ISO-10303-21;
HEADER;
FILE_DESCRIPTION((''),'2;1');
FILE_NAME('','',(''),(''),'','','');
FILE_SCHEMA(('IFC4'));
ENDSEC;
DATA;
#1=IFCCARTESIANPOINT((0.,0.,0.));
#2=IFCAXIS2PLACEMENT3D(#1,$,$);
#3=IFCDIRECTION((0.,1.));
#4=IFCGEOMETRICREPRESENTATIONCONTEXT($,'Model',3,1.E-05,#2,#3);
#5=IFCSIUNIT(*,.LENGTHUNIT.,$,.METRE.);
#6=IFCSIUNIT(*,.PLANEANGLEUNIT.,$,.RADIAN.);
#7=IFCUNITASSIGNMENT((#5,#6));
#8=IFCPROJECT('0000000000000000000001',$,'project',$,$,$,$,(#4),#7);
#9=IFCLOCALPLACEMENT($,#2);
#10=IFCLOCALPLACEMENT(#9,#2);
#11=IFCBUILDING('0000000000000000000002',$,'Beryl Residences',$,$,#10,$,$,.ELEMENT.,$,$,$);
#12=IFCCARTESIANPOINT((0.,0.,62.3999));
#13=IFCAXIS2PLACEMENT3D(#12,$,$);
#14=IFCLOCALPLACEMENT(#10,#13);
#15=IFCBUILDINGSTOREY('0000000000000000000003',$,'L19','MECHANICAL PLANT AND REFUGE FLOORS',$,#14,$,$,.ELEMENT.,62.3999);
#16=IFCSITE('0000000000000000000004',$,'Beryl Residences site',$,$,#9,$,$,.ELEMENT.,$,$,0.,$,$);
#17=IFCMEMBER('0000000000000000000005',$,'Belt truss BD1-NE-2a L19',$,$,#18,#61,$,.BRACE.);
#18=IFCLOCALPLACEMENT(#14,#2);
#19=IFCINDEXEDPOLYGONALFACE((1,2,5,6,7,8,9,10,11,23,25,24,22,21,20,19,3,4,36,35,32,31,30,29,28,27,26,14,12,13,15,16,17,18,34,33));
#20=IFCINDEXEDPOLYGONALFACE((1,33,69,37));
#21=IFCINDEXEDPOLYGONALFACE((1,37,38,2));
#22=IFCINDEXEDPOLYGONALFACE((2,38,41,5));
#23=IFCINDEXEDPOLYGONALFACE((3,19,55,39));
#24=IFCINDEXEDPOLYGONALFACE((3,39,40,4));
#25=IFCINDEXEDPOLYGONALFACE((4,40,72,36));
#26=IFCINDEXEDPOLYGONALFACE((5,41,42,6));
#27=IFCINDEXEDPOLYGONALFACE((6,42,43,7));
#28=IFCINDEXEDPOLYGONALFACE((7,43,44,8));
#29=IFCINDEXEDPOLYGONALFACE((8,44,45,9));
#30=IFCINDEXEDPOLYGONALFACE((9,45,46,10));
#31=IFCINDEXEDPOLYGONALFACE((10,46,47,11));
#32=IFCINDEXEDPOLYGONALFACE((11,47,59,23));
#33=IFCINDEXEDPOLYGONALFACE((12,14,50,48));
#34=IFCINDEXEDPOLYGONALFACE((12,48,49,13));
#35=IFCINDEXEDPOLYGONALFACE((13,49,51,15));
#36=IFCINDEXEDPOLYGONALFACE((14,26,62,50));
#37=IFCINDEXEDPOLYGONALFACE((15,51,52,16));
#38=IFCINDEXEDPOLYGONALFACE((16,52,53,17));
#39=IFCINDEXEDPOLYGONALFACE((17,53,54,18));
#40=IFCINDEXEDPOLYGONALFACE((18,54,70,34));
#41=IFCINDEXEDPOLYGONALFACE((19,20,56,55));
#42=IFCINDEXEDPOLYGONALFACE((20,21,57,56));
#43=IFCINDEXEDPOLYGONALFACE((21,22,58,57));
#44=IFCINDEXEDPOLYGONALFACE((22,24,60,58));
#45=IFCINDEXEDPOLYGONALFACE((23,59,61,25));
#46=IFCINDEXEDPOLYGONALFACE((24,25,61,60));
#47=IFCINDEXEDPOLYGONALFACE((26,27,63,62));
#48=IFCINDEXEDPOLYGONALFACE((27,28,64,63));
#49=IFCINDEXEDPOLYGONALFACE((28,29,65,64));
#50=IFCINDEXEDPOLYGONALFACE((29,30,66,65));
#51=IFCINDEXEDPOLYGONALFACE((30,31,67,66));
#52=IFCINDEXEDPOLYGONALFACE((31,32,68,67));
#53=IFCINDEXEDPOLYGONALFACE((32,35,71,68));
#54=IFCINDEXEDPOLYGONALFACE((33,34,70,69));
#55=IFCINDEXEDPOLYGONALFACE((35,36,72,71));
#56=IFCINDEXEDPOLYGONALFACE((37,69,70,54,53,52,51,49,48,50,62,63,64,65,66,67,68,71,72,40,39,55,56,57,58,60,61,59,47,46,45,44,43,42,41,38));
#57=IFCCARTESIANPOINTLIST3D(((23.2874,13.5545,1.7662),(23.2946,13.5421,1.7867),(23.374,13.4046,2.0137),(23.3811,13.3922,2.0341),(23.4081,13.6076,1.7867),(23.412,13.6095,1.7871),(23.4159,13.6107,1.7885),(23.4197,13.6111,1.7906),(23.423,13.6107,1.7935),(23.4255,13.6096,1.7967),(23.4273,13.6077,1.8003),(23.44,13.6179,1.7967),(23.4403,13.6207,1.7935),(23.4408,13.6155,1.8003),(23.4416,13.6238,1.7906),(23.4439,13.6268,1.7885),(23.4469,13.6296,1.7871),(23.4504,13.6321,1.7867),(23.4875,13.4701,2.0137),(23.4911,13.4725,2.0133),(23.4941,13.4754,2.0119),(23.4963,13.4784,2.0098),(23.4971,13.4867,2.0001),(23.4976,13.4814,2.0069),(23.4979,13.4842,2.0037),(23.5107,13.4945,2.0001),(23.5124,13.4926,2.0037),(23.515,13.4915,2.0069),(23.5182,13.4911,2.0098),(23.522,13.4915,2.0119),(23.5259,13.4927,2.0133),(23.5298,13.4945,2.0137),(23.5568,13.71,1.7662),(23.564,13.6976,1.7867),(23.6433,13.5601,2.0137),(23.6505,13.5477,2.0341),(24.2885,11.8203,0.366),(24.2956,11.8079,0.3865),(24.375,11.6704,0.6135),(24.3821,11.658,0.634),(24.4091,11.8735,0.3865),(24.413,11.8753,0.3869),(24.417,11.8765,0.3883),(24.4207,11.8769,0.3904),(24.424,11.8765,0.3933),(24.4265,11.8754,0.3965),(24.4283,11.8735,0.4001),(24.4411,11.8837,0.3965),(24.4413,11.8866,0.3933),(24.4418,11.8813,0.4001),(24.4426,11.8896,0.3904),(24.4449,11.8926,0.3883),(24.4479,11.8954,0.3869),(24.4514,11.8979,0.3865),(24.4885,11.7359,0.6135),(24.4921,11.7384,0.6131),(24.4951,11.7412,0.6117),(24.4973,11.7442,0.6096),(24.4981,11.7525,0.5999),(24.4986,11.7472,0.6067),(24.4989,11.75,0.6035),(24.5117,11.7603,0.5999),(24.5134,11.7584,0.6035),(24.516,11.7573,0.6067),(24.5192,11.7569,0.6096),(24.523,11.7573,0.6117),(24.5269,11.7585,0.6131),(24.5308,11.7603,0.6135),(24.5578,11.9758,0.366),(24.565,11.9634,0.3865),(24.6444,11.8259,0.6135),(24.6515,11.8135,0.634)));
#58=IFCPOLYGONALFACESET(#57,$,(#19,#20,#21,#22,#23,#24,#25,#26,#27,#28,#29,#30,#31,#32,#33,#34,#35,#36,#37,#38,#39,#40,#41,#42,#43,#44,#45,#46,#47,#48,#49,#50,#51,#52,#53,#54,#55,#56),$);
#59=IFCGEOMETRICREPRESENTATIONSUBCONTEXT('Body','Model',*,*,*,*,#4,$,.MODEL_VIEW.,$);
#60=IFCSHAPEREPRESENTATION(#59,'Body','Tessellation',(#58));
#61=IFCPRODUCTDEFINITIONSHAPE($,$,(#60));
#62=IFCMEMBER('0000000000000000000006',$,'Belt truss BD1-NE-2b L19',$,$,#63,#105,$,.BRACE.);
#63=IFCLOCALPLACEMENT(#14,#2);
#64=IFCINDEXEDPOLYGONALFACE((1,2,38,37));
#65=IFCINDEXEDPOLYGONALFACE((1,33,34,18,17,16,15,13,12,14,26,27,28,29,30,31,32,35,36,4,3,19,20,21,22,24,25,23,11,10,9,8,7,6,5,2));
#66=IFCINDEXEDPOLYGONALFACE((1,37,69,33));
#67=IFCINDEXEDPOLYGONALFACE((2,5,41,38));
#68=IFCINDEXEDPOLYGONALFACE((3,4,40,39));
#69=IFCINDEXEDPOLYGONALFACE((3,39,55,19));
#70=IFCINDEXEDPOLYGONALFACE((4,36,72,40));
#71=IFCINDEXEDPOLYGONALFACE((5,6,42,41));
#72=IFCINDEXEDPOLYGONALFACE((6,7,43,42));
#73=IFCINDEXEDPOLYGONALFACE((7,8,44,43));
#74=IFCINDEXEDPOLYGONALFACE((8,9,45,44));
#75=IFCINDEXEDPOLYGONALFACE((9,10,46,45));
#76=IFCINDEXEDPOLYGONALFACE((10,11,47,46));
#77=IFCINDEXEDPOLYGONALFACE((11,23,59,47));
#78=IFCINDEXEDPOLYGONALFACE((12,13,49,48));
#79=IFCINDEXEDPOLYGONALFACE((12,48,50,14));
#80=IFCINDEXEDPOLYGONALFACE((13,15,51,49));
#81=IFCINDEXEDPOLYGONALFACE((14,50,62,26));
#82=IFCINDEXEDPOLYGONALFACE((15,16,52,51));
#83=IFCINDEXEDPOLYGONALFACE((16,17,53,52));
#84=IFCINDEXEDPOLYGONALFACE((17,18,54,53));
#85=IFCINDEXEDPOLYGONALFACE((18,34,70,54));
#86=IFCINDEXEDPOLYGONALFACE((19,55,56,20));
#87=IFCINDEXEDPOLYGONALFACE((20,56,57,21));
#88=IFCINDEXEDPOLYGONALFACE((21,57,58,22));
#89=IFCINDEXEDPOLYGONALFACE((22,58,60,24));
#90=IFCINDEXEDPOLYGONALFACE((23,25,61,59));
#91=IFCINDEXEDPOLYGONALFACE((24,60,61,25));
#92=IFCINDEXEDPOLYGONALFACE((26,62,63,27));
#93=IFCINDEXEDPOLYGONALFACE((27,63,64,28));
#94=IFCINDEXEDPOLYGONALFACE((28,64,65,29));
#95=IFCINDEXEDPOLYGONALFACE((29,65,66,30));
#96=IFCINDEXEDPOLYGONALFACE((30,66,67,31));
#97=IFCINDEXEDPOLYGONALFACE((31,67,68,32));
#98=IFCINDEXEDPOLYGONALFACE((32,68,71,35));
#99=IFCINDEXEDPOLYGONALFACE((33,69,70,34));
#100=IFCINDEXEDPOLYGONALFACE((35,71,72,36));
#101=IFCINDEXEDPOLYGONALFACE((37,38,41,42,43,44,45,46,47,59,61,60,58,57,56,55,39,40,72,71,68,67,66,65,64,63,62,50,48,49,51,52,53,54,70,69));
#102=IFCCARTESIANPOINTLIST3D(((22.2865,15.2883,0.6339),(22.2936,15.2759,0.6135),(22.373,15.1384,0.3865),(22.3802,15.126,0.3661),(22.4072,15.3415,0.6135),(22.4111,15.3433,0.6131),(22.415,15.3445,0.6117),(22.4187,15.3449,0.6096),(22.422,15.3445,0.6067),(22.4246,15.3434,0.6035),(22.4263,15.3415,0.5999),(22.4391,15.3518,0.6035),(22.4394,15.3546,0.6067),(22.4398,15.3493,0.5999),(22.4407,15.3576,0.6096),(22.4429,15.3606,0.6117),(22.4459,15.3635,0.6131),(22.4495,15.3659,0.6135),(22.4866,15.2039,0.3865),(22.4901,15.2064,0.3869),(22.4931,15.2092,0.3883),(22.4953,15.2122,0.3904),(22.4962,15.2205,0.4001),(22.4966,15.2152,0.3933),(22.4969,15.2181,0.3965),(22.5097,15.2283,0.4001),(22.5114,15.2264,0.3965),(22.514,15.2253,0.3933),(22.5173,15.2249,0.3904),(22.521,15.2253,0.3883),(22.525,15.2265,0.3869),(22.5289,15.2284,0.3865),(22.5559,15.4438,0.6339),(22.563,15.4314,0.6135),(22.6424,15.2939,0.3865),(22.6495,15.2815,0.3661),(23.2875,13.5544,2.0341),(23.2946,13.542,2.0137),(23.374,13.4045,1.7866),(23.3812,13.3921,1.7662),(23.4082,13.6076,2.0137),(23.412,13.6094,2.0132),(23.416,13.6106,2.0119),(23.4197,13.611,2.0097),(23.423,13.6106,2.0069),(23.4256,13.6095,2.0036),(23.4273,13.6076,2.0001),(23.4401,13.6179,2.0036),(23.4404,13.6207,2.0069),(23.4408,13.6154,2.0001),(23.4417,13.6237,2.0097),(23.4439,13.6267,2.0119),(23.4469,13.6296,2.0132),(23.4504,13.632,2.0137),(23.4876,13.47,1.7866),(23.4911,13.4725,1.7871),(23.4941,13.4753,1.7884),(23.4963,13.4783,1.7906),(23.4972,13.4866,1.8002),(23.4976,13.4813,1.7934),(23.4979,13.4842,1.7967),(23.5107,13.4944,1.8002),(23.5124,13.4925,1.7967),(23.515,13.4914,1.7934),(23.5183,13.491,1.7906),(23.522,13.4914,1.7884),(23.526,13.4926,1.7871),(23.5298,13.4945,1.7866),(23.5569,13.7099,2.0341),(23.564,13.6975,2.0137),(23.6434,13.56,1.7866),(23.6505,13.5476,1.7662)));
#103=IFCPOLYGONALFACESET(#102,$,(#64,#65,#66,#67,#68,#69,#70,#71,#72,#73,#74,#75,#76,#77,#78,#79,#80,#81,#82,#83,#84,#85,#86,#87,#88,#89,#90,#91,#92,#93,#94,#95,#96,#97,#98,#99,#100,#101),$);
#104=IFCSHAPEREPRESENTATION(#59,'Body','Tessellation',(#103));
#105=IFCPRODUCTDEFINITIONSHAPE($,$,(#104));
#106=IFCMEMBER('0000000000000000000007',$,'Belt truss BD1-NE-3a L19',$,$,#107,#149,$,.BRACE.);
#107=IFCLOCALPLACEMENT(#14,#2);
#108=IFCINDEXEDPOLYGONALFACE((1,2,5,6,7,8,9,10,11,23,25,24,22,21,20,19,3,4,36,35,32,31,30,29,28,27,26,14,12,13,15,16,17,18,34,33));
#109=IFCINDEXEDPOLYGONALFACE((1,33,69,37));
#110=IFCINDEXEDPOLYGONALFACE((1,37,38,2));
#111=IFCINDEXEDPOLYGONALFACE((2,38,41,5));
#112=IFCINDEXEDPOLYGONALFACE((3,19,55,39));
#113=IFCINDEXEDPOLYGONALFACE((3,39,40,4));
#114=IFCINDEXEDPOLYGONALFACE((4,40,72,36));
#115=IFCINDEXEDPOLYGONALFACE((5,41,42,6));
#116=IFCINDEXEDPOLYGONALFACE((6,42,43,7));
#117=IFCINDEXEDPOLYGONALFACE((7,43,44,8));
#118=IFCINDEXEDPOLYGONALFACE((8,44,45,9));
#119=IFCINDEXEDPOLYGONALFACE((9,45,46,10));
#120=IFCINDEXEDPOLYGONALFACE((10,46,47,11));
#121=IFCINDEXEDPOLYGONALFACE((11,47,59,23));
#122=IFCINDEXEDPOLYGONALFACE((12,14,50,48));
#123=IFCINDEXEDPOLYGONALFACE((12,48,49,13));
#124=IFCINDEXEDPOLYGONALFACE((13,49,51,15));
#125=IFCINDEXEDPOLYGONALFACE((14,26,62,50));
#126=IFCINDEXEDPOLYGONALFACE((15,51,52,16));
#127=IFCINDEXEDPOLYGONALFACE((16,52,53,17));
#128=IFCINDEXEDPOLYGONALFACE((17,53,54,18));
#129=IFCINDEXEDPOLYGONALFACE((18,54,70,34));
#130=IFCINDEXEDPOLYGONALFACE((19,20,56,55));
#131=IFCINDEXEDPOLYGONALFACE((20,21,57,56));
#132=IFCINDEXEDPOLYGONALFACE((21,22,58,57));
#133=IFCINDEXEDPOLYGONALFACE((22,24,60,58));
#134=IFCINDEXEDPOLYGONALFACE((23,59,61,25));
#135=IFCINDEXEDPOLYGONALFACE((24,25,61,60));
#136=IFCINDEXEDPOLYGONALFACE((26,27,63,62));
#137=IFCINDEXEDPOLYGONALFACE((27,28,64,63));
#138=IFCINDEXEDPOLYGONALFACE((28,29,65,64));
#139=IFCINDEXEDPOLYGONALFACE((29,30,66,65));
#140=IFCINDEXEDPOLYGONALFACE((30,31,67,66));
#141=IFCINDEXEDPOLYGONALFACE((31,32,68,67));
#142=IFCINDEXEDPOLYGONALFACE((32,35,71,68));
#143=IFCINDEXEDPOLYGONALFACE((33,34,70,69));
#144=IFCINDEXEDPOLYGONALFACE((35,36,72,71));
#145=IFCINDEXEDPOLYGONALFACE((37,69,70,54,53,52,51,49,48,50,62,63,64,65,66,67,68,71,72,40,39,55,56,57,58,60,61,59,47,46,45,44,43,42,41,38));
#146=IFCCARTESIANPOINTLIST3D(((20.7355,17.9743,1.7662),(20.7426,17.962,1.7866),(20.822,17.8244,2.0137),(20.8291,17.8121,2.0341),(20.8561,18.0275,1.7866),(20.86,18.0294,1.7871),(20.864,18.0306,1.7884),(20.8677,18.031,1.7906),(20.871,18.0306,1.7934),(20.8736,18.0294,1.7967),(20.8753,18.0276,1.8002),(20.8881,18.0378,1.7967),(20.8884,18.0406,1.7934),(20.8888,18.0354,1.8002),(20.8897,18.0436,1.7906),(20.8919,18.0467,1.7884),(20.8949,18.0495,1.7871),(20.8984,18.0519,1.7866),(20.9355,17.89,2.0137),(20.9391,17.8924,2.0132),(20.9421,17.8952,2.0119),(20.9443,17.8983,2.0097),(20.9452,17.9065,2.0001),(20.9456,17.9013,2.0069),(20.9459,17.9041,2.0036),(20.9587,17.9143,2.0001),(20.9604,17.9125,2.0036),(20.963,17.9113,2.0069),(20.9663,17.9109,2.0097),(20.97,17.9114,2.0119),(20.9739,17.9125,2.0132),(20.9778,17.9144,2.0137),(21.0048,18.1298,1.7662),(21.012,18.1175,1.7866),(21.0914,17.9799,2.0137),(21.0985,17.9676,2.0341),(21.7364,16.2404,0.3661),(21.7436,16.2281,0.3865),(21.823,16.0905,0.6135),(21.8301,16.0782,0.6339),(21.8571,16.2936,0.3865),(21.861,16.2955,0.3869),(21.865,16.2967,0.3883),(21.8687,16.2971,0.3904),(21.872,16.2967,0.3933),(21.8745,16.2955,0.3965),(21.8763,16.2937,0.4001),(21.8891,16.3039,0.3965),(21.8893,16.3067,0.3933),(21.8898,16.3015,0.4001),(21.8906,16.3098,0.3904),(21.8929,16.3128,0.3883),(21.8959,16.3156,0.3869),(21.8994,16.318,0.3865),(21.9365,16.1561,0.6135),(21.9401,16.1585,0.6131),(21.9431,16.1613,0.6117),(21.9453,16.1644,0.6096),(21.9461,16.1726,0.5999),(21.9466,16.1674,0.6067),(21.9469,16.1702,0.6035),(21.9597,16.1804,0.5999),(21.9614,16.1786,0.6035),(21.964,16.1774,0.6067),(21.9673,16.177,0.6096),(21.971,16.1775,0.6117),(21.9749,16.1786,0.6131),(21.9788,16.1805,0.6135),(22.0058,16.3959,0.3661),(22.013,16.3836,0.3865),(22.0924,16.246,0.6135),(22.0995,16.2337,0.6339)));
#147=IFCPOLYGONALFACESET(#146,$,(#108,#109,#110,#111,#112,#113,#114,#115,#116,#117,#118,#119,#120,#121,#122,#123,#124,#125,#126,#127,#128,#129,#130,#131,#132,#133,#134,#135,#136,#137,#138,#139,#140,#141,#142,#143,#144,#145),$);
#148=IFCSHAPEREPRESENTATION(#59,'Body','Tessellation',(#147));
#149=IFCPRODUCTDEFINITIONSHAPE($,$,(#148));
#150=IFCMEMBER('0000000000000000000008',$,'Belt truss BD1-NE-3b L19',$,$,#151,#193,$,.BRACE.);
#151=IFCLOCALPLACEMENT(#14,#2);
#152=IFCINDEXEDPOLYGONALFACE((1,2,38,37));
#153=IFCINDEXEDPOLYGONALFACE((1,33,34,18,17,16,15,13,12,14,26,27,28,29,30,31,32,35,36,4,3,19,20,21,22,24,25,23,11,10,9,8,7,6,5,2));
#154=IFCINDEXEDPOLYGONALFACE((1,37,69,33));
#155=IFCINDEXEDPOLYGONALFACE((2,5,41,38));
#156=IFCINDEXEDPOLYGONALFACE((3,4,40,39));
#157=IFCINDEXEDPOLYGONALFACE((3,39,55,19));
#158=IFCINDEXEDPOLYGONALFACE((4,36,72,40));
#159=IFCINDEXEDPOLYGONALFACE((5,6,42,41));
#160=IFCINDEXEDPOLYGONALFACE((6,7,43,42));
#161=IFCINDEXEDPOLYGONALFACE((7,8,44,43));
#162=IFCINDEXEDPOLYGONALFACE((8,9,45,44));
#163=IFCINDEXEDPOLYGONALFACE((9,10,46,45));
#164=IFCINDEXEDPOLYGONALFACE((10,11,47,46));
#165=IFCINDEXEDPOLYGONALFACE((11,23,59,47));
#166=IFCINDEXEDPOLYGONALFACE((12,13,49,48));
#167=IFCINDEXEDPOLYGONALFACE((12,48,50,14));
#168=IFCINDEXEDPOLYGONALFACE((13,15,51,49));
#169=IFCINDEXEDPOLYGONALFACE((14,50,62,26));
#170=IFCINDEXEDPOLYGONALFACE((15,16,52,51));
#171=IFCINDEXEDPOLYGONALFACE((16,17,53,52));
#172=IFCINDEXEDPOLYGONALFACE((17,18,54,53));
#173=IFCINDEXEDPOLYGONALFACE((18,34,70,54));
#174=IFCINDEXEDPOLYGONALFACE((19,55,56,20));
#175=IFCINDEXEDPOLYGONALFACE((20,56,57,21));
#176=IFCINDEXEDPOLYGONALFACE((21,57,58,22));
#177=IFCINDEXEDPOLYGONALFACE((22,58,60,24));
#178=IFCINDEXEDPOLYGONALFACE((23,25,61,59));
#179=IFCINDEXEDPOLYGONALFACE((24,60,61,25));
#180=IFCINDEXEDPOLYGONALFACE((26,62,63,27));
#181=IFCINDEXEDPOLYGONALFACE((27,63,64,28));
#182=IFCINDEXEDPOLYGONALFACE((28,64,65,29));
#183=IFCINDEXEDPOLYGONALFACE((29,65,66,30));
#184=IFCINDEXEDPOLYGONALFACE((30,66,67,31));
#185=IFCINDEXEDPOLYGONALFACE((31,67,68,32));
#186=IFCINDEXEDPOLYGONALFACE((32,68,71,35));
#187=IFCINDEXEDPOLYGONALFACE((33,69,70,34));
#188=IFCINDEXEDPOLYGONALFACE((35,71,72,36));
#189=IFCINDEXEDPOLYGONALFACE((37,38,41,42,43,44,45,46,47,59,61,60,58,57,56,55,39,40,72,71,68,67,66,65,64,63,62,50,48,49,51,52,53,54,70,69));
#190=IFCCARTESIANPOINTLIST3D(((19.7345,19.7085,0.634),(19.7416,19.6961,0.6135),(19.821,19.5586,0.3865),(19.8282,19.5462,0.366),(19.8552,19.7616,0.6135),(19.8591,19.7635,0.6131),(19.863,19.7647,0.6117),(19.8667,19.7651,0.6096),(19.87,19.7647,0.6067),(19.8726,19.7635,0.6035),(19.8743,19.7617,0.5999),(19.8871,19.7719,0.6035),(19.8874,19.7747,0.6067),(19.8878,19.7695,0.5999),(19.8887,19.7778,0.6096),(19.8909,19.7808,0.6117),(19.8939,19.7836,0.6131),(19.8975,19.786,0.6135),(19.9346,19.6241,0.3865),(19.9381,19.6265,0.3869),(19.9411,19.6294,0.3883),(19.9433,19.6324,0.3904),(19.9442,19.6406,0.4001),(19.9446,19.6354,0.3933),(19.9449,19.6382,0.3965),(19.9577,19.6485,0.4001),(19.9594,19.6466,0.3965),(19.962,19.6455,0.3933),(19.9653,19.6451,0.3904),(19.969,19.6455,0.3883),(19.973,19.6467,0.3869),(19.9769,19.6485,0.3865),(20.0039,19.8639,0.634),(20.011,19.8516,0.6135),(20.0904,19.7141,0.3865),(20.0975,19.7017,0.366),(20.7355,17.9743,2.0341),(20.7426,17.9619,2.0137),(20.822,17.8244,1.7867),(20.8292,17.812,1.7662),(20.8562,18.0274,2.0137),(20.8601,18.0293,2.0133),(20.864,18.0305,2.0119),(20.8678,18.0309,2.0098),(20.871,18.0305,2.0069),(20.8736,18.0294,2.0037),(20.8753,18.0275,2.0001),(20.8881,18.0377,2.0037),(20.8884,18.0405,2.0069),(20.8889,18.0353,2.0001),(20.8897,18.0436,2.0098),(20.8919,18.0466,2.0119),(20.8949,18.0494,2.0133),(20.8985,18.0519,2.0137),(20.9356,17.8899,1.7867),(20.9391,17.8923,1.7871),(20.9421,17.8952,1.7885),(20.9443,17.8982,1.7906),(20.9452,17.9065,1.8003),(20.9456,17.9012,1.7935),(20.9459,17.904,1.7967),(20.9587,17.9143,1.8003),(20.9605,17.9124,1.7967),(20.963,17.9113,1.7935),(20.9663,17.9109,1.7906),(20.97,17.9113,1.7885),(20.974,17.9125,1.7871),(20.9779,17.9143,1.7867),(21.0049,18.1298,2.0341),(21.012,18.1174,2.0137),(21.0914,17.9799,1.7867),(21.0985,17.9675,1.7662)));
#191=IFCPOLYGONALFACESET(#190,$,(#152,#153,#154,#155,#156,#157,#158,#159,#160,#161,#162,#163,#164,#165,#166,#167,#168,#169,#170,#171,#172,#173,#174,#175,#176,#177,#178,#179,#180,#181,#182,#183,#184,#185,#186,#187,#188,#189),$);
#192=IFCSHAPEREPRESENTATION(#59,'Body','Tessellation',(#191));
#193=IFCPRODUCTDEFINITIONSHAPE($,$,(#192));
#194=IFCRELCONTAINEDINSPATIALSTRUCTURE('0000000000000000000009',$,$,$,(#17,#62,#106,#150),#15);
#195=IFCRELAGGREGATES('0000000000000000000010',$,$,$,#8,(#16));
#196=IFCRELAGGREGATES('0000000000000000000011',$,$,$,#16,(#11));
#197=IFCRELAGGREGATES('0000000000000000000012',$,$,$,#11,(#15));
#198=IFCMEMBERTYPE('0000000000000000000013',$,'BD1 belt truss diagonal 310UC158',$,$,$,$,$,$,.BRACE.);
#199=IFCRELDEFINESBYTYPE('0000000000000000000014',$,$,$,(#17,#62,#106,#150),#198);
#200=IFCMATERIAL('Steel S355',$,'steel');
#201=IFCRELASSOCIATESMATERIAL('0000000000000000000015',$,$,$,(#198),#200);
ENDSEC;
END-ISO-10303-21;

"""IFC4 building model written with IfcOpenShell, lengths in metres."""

from ifc_helpers import new_model, si_unit, direction, frame, origin, origin_2d, place, context, subcontext, project, spatial, i_section, extrude, material, material_profile, profile_set, type_object, element, save


model = new_model("IFC4")

# Units and contexts
model_context = context("Model", 3, precision=1e-05, world=origin(), true_north=direction((0.0, 1.0)))
body_context = subcontext(model_context, "Body", "Model", "MODEL_VIEW")
ifc_project = project(units=[si_unit("LENGTHUNIT", "METRE"), si_unit("PLANEANGLEUNIT", "RADIAN")], contexts=[model_context])

# Site, building, storey
site_placement = place(None, origin())
site = spatial("IfcSite", under=ifc_project, at=site_placement, Name="Beryl Residences site", CompositionType="ELEMENT", RefElevation=0.0)
building_placement = place(site_placement, origin())
building = spatial("IfcBuilding", under=site, at=building_placement, Name="Beryl Residences", CompositionType="ELEMENT")
storey_placement = place(building_placement, frame((0.0, 0.0, 62.3999)))
storey = spatial("IfcBuildingStorey", under=building, at=storey_placement, Name="L19", Description="MECHANICAL PLANT AND REFUGE FLOORS", CompositionType="ELEMENT", Elevation=62.3999)

# Members
ifc_material_1 = material(Name="Steel S355", Category="steel")
ifc_material_profile_1 = material_profile(ifc_material_1, i_section(OverallWidth=0.311, OverallDepth=0.3269, WebThickness=0.0156, FlangeThickness=0.0249, FilletRadius=0.0166, at=origin_2d()))
ifc_profile_set_1 = profile_set([ifc_material_profile_1], Name="Steel S355")
member_type_1 = type_object("IfcMemberType", Name="BD1 belt truss diagonal 310UC158", PredefinedType="BRACE", material=ifc_profile_set_1)
member_1_placement = place(storey_placement, frame((24.47, 11.8169, 0.5), z_axis=(-0.409687, 0.709758, 0.573062), x_axis=(-0.866074, -0.499916, 0.0)))
element("IfcMember", 1, at=member_1_placement, inside=storey, type_object=member_type_1, Name="Belt truss BD1-NE-2a L19", PredefinedType="BRACE", context=body_context, shape_type="SweptSolid", body=[
    extrude(i_section(OverallWidth=0.311, OverallDepth=0.3269, WebThickness=0.0156, FlangeThickness=0.0249, FilletRadius=0.0166, at=origin_2d()), origin(), (0.0, 0.0, 1.0), 2.4434),
])
for number, where, z_axis, x_axis, name in (
    (2, (22.468, 15.2849, 0.5), (0.409716, -0.709708, 0.573103), (0.866043, 0.499969, 0.0), "Belt truss BD1-NE-2b L19"),
    (3, (21.918, 16.2371, 0.5), (-0.409716, 0.709708, 0.573103), (-0.866043, -0.499969, 0.0), "Belt truss BD1-NE-3a L19"),
):
    element("IfcMember", number, at=place(storey_placement, frame(where, z_axis=z_axis, x_axis=x_axis)), inside=storey, type_object=member_type_1, Name=name, PredefinedType="BRACE", context=body_context, shape_type="SweptSolid", body=[
        extrude(i_section(OverallWidth=0.311, OverallDepth=0.3269, WebThickness=0.0156, FlangeThickness=0.0249, FilletRadius=0.0166, at=origin_2d()), origin(), (0.0, 0.0, 1.0), 2.4431),
    ])
for number, where, z_axis, x_axis, name in (
    (4, (19.916, 19.7051, 0.5), (0.409687, -0.709758, 0.573062), (0.866074, 0.499916, 0.0), "Belt truss BD1-NE-3b L19"),
):
    element("IfcMember", number, at=place(storey_placement, frame(where, z_axis=z_axis, x_axis=x_axis)), inside=storey, type_object=member_type_1, Name=name, PredefinedType="BRACE", context=body_context, shape_type="SweptSolid", body=[
        extrude(i_section(OverallWidth=0.311, OverallDepth=0.3269, WebThickness=0.0156, FlangeThickness=0.0249, FilletRadius=0.0166, at=origin_2d()), origin(), (0.0, 0.0, 1.0), 2.4434),
    ])

save(model, "model.ifc")
